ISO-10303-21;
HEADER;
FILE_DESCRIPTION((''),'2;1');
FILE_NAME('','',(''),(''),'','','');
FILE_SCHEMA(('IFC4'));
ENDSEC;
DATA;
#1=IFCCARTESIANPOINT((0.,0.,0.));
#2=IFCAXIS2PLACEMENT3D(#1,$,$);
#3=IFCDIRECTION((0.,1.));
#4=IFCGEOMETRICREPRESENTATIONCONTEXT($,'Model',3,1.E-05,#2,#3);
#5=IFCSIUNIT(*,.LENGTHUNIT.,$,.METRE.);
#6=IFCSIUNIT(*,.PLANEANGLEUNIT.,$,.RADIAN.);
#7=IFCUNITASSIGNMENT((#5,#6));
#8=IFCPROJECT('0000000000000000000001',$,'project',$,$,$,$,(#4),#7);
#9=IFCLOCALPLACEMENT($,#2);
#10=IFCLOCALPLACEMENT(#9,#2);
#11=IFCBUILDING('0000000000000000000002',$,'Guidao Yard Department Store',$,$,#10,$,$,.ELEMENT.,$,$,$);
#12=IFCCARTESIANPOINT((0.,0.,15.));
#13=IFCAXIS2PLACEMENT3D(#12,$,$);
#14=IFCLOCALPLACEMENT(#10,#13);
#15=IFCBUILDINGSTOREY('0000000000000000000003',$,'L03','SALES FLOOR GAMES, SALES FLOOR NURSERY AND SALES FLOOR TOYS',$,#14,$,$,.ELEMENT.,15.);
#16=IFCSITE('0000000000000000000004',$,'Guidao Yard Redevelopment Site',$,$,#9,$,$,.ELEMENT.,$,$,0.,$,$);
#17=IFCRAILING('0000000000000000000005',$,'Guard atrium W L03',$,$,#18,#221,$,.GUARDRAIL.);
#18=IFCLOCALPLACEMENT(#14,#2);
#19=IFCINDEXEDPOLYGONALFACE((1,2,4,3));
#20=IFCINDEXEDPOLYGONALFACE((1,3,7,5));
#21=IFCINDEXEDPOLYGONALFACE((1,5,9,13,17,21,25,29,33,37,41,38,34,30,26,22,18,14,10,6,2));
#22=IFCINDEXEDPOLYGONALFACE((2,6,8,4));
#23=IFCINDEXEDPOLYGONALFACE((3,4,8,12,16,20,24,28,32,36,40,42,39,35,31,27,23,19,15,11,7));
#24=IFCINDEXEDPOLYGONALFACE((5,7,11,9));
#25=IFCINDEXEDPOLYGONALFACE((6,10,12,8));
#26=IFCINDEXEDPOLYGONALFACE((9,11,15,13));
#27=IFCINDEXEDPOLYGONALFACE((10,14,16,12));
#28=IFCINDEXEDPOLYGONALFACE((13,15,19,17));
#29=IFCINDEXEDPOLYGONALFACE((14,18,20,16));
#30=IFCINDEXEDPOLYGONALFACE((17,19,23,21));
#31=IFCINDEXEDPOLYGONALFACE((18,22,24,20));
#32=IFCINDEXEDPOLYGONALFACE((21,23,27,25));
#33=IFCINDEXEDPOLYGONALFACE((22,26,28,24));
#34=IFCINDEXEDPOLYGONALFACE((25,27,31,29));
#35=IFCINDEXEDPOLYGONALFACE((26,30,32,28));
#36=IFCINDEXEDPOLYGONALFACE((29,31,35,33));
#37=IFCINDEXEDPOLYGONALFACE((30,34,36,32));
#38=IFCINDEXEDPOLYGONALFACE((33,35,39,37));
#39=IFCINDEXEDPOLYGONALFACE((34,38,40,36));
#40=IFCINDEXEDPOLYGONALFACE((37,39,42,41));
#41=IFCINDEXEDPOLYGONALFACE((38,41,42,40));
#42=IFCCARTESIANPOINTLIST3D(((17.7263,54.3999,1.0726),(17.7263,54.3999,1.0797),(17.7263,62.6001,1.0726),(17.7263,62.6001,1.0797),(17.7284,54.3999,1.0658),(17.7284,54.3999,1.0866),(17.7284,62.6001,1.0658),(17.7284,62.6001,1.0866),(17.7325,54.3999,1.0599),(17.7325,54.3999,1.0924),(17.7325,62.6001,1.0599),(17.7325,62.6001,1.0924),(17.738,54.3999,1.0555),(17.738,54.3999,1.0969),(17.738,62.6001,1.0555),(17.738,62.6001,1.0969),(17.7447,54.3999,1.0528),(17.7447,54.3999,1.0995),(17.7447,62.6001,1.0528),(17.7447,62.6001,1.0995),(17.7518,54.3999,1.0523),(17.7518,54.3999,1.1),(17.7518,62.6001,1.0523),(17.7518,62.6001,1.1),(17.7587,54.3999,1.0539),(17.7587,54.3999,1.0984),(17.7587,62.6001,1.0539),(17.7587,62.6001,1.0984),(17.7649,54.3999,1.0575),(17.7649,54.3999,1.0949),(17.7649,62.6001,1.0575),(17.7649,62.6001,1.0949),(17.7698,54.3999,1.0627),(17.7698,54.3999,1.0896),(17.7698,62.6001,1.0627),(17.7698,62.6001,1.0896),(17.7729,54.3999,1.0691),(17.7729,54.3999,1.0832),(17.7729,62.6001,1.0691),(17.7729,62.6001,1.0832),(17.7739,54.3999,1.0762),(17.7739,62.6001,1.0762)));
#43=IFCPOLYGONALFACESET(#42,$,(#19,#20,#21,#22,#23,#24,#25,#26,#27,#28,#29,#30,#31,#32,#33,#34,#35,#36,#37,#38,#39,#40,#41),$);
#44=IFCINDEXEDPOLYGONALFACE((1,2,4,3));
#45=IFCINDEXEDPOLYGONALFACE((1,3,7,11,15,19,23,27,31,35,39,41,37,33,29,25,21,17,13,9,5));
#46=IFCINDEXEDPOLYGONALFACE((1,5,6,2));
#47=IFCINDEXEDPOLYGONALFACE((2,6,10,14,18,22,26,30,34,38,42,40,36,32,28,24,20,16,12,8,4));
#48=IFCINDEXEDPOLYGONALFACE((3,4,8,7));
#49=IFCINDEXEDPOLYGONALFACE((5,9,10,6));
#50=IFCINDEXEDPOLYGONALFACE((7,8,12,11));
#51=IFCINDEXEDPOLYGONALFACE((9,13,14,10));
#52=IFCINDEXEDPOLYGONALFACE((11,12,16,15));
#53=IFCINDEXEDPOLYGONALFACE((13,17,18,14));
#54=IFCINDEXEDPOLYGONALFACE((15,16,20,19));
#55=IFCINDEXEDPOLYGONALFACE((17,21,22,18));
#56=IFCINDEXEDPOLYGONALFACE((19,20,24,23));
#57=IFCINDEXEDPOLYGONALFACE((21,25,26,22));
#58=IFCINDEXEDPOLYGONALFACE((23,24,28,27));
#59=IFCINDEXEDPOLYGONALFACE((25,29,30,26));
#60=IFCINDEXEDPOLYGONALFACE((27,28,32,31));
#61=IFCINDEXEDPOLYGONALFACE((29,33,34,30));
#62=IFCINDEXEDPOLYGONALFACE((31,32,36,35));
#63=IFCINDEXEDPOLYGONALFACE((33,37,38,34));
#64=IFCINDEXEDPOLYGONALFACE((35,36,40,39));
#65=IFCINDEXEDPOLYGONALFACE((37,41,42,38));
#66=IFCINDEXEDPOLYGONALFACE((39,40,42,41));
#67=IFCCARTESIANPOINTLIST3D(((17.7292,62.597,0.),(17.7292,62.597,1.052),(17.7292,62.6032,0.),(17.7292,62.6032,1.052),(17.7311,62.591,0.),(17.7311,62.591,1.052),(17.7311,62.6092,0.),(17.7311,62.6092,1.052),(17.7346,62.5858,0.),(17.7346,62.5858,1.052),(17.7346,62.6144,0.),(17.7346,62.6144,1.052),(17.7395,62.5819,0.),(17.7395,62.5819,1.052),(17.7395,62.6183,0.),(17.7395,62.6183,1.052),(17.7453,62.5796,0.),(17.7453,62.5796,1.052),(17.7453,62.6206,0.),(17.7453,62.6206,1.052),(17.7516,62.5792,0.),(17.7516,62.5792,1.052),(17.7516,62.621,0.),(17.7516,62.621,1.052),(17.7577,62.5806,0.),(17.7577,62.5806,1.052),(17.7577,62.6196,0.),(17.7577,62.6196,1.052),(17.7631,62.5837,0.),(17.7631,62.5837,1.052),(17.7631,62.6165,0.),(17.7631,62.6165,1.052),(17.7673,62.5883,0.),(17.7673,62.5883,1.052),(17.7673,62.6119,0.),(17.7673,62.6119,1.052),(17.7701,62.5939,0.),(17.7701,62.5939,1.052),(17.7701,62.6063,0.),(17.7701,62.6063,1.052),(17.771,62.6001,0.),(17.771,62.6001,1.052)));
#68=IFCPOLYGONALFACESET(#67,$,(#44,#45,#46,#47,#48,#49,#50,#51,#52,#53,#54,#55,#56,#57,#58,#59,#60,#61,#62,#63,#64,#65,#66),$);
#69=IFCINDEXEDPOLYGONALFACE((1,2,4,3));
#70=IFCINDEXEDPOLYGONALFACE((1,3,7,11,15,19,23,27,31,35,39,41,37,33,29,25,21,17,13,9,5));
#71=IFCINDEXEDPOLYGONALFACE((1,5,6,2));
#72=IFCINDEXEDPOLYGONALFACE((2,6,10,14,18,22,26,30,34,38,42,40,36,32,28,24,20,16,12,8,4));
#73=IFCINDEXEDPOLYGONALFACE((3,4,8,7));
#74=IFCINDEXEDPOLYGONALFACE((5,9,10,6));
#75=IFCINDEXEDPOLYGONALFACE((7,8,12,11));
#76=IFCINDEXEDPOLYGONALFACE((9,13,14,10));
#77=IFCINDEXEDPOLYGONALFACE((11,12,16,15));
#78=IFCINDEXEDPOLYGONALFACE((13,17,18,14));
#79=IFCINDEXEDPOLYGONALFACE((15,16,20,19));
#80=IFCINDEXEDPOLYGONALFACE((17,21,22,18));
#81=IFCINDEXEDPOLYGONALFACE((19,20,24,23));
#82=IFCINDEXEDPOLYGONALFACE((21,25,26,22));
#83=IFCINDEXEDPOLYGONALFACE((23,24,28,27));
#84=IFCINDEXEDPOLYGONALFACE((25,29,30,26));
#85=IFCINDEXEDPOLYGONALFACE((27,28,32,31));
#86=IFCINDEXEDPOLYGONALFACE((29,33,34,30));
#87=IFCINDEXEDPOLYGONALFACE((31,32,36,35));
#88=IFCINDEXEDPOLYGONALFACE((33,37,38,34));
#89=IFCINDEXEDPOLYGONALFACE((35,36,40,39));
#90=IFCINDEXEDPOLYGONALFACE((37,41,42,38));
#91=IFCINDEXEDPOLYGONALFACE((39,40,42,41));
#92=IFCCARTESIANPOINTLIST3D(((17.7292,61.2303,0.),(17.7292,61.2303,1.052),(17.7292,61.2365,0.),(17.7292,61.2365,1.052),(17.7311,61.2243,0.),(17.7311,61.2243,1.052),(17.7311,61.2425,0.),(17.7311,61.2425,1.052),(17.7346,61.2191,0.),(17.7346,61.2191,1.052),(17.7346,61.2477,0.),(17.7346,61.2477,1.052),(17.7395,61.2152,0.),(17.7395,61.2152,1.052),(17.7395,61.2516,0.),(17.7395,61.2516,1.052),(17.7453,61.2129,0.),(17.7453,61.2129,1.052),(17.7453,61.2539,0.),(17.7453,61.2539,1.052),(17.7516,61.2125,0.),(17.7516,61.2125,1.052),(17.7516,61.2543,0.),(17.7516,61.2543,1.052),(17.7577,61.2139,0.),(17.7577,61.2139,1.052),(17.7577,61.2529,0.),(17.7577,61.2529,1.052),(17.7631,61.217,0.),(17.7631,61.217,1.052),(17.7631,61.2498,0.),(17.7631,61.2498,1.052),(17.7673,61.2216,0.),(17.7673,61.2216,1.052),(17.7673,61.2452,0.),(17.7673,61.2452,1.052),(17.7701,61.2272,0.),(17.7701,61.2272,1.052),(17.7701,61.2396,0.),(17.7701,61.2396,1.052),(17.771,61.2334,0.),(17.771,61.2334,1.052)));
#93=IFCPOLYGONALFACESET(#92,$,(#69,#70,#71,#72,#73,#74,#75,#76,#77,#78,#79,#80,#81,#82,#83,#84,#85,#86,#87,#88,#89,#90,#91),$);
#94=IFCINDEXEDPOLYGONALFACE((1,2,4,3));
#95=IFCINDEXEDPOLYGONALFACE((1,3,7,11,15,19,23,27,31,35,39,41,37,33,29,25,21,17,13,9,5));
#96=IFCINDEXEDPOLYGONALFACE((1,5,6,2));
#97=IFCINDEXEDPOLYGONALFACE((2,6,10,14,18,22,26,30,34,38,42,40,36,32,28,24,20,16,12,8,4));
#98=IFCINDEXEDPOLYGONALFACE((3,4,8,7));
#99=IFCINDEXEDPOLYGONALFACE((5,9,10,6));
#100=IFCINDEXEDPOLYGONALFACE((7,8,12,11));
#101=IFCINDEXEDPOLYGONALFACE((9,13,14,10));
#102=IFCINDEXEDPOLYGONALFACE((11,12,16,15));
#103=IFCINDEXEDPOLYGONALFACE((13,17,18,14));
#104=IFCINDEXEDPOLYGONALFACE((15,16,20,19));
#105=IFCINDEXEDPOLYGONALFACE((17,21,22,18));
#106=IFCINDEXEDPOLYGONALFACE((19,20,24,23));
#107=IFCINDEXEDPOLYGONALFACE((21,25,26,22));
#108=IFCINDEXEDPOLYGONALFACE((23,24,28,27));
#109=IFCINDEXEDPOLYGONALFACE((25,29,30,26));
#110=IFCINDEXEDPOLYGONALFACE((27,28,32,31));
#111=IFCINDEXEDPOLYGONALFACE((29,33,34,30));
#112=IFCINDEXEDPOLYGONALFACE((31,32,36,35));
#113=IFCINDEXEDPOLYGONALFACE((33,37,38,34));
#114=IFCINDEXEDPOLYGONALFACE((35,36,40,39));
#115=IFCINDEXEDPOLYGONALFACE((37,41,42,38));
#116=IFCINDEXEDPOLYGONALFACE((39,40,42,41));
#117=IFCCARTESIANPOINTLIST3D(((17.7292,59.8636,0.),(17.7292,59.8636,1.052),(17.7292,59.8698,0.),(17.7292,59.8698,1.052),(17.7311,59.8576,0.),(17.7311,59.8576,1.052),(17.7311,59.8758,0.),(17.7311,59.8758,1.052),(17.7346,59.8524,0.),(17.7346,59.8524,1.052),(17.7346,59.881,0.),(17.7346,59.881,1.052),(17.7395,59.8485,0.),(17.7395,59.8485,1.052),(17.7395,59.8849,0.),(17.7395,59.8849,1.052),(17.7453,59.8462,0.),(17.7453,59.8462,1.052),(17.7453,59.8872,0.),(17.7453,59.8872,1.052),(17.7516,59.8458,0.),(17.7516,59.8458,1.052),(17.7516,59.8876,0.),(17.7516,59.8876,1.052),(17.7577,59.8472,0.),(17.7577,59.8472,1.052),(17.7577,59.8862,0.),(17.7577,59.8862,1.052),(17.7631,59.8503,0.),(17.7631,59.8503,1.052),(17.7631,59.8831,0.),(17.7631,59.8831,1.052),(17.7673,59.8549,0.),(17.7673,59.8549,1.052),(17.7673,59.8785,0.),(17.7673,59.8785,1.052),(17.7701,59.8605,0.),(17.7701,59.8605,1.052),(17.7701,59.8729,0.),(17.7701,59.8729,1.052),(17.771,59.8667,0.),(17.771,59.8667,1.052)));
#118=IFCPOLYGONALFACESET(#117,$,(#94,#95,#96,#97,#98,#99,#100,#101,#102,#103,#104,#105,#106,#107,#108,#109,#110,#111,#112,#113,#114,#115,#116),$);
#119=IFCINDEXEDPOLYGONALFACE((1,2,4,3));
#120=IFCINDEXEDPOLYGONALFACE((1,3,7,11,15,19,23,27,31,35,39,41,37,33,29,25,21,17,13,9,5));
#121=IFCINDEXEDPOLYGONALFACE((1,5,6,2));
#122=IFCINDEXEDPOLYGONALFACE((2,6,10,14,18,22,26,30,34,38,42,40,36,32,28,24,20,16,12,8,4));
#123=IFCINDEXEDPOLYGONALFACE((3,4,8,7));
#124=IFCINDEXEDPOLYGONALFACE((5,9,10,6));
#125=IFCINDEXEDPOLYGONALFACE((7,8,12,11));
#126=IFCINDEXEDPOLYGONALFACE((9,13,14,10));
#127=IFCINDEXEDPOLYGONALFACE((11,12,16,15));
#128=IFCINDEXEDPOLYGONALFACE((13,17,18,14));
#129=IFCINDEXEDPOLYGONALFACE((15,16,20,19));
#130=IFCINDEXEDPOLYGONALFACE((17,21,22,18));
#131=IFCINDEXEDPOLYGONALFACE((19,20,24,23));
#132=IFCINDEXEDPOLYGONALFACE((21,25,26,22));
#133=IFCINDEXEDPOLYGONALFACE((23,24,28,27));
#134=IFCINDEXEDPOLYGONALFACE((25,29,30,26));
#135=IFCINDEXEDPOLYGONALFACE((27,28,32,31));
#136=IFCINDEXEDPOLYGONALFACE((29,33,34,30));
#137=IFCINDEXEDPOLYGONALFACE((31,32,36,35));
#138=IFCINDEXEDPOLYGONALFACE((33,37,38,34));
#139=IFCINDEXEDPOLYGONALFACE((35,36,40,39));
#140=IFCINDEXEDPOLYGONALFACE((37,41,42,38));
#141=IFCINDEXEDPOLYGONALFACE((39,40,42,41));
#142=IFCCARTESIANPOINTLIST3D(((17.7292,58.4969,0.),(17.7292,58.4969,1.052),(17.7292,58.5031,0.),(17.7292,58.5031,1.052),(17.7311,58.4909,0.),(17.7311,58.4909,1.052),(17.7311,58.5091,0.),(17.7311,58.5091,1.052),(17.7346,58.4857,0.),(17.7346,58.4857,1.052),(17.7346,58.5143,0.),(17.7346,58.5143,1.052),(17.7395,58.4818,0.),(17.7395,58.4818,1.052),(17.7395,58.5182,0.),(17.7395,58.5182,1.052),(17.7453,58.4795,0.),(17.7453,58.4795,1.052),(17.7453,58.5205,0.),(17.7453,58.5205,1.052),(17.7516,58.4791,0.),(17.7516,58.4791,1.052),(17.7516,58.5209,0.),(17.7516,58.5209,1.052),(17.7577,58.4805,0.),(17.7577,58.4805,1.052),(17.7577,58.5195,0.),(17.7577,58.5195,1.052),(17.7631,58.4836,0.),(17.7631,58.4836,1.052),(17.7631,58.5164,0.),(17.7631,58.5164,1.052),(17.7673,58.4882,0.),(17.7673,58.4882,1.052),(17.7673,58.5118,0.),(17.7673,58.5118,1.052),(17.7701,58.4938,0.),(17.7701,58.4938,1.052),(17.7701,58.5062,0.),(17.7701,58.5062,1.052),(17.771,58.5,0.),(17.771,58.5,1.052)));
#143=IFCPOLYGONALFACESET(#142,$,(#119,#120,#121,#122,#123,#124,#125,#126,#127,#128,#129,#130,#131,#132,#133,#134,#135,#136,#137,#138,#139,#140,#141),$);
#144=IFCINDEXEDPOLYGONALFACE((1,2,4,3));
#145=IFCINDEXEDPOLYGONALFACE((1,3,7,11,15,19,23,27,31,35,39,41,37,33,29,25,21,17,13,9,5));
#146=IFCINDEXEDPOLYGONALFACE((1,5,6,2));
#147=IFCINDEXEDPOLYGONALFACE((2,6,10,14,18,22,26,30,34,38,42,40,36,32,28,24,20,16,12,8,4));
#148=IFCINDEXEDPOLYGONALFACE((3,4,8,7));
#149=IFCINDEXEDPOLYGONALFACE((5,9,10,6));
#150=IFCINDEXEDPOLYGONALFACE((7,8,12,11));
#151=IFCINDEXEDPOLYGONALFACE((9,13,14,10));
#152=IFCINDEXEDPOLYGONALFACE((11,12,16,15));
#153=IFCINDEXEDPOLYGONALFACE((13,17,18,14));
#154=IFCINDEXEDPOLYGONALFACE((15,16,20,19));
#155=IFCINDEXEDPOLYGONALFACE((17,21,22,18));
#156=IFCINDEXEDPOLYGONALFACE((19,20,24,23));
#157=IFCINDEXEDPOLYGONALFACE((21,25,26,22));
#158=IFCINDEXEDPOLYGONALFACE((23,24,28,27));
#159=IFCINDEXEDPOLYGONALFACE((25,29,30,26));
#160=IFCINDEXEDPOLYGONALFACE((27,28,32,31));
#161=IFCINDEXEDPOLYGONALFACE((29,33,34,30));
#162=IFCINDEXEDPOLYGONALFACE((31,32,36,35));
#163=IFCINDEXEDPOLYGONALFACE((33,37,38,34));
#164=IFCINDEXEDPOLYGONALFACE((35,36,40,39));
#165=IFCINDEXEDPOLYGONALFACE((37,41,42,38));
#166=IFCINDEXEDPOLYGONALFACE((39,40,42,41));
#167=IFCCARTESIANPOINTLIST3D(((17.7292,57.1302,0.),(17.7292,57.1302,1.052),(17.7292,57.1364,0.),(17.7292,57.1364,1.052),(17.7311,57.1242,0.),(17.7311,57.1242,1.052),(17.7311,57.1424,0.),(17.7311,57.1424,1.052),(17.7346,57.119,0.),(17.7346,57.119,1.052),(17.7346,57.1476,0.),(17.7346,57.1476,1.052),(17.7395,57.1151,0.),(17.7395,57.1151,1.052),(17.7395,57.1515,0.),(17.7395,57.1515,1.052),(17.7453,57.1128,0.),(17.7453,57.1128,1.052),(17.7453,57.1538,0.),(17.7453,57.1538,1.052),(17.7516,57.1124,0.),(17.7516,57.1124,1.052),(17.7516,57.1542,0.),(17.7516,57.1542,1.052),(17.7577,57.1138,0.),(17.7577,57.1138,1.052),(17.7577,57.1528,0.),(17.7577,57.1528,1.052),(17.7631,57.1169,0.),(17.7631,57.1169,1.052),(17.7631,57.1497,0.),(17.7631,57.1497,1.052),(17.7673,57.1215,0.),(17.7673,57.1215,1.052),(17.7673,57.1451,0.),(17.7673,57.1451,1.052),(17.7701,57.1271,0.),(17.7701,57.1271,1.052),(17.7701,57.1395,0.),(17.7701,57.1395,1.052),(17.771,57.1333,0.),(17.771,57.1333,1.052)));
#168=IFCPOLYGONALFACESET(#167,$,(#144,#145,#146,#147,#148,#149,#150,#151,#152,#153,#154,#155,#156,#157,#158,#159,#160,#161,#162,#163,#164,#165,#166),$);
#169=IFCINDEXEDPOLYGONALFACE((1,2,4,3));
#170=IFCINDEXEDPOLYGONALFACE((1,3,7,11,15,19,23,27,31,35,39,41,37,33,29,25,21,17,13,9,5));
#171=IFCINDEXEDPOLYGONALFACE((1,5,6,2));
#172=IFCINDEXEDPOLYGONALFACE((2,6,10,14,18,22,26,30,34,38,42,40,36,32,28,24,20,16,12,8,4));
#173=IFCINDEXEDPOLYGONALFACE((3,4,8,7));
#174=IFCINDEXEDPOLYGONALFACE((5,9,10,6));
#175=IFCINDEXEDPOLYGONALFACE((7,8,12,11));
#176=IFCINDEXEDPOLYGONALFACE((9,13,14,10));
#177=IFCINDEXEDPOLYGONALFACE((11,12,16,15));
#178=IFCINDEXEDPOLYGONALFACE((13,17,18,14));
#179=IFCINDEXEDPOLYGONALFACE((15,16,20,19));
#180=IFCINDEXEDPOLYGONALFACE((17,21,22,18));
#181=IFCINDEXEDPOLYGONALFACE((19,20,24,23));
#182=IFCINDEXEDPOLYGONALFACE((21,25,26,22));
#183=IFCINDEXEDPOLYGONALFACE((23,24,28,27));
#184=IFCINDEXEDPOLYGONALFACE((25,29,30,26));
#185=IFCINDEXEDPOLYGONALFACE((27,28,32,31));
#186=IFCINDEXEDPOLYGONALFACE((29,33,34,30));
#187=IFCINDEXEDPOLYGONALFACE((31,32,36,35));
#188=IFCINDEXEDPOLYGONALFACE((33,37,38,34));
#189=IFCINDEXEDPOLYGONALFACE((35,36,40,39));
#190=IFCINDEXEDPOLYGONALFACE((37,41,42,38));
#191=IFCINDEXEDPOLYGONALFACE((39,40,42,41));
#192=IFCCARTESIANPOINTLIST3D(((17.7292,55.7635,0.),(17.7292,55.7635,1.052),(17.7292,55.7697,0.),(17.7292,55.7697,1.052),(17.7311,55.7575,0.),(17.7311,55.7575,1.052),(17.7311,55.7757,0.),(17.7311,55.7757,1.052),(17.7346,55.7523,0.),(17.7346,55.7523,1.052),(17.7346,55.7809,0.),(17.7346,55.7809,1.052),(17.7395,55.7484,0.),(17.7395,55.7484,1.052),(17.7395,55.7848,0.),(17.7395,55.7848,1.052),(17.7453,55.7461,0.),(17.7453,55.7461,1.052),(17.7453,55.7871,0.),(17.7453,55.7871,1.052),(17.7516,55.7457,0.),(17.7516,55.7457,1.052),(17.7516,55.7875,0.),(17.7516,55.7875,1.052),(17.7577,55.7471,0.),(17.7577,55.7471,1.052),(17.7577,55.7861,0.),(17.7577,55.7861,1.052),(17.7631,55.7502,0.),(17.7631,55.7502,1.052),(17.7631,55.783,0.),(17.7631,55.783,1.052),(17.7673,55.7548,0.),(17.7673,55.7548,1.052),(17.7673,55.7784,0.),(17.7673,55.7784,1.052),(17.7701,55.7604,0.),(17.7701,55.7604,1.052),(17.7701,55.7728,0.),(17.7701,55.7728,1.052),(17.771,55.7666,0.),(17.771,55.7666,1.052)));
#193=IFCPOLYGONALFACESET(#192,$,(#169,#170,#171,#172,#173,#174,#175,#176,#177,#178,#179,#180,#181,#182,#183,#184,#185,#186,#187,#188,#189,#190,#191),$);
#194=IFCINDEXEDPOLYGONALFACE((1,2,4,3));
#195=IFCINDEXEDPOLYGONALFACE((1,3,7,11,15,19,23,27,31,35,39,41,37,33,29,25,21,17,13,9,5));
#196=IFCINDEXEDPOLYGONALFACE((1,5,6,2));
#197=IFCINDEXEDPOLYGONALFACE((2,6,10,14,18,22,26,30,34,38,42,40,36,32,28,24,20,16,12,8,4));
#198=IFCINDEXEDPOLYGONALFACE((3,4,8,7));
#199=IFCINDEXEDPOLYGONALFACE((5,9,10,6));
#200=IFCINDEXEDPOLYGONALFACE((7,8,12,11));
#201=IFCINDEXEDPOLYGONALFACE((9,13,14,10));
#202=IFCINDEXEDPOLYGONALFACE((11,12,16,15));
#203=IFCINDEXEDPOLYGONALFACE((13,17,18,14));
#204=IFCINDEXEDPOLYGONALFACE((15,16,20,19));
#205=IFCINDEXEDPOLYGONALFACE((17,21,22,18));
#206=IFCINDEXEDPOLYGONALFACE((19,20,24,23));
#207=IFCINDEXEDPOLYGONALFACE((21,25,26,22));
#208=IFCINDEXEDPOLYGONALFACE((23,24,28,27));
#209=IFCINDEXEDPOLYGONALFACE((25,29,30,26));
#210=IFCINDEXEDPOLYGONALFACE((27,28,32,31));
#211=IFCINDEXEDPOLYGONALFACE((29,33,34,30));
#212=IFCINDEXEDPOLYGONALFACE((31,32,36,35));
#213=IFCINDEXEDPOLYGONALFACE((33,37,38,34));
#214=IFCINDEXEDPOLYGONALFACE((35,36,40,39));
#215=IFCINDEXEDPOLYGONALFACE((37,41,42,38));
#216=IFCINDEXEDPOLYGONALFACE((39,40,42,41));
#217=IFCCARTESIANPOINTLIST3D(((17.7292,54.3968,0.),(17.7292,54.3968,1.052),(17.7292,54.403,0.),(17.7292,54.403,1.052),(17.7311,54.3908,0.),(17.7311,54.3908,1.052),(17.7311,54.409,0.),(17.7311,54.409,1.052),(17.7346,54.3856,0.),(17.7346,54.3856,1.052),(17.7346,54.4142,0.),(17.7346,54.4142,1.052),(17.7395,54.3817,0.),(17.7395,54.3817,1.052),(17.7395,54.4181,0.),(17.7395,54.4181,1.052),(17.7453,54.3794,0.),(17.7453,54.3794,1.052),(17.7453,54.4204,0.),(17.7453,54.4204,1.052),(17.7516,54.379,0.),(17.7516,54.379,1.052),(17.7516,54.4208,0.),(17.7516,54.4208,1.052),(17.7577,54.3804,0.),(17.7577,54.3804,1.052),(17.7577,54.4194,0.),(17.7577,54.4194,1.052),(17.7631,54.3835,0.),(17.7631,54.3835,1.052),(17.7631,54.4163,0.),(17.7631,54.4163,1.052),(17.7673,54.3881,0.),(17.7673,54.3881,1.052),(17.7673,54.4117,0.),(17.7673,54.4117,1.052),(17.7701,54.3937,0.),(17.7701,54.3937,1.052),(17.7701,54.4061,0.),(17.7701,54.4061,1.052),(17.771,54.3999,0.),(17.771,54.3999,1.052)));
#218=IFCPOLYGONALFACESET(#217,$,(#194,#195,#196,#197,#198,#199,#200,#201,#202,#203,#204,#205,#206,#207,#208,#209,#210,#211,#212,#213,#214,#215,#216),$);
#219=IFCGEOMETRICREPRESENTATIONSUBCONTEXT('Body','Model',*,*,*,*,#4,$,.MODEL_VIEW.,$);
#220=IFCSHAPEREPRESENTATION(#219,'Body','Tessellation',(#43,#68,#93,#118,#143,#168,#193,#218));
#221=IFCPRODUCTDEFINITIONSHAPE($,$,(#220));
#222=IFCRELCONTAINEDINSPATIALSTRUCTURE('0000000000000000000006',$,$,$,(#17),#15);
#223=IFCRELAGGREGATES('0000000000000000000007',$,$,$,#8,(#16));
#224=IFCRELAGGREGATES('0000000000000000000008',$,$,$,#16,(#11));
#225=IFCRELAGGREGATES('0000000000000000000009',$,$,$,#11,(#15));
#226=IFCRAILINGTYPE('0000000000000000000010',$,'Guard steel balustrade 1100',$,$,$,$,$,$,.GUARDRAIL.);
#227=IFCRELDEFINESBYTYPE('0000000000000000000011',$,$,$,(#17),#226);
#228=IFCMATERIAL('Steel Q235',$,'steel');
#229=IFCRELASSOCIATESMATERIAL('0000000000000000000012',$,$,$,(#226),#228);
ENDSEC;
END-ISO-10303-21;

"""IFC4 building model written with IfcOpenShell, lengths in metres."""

from ifc_helpers import new_model, si_unit, direction, frame, origin, origin_2d, place, context, subcontext, project, spatial, circle, extrude, material, type_object, element, save


model = new_model("IFC4")

# Units and contexts
model_context = context("Model", 3, precision=1e-05, world=origin(), true_north=direction((0.0, 1.0)))
body_context = subcontext(model_context, "Body", "Model", "MODEL_VIEW")
ifc_project = project(units=[si_unit("LENGTHUNIT", "METRE"), si_unit("PLANEANGLEUNIT", "RADIAN")], contexts=[model_context])

# Site, building, storey
site_placement = place(None, origin())
site = spatial("IfcSite", under=ifc_project, at=site_placement, Name="Guidao Yard Redevelopment Site", CompositionType="ELEMENT", RefElevation=0.0)
building_placement = place(site_placement, origin())
building = spatial("IfcBuilding", under=site, at=building_placement, Name="Guidao Yard Department Store", CompositionType="ELEMENT")
storey_placement = place(building_placement, frame((0.0, 0.0, 15.0)))
storey = spatial("IfcBuildingStorey", under=building, at=storey_placement, Name="L03", Description="SALES FLOOR GAMES, SALES FLOOR NURSERY AND SALES FLOOR TOYS", CompositionType="ELEMENT", Elevation=15.0)

# Railing
ifc_material_1 = material(Name="Steel Q235", Category="steel")
railing_type_1 = type_object("IfcRailingType", Name="Guard steel balustrade 1100", PredefinedType="GUARDRAIL", material=ifc_material_1)
railing_placement = place(storey_placement, frame((17.75, 62.6001, 0.0)))
element("IfcRailing", 1, at=railing_placement, inside=storey, type_object=railing_type_1, Name="Guard atrium W L03", PredefinedType="GUARDRAIL", context=body_context, shape_type="SweptSolid", body=[
    extrude(circle(Radius=0.0239, at=origin_2d()), frame((0.0, 0.0, 1.0762), z_axis=(0.0, -1.0, 0.0), x_axis=(1.0, 0.0, 0.0)), (0.0, 0.0, 1.0), 8.2002),
    extrude(circle(Radius=0.021, at=origin_2d()), origin(), (0.0, 0.0, 1.0), 1.052),
    extrude(circle(Radius=0.021, at=origin_2d()), frame((0.0, -1.3667, 0.0)), (0.0, 0.0, 1.0), 1.052),
    extrude(circle(Radius=0.021, at=origin_2d()), frame((0.0, -2.7334, 0.0)), (0.0, 0.0, 1.0), 1.052),
    extrude(circle(Radius=0.021, at=origin_2d()), frame((0.0, -4.1001, 0.0)), (0.0, 0.0, 1.0), 1.052),
    extrude(circle(Radius=0.021, at=origin_2d()), frame((0.0, -5.4668, 0.0)), (0.0, 0.0, 1.0), 1.052),
    extrude(circle(Radius=0.021, at=origin_2d()), frame((0.0, -6.8335, 0.0)), (0.0, 0.0, 1.0), 1.052),
    extrude(circle(Radius=0.021, at=origin_2d()), frame((0.0, -8.2002, 0.0)), (0.0, 0.0, 1.0), 1.052),
])

save(model, "model.ifc")
